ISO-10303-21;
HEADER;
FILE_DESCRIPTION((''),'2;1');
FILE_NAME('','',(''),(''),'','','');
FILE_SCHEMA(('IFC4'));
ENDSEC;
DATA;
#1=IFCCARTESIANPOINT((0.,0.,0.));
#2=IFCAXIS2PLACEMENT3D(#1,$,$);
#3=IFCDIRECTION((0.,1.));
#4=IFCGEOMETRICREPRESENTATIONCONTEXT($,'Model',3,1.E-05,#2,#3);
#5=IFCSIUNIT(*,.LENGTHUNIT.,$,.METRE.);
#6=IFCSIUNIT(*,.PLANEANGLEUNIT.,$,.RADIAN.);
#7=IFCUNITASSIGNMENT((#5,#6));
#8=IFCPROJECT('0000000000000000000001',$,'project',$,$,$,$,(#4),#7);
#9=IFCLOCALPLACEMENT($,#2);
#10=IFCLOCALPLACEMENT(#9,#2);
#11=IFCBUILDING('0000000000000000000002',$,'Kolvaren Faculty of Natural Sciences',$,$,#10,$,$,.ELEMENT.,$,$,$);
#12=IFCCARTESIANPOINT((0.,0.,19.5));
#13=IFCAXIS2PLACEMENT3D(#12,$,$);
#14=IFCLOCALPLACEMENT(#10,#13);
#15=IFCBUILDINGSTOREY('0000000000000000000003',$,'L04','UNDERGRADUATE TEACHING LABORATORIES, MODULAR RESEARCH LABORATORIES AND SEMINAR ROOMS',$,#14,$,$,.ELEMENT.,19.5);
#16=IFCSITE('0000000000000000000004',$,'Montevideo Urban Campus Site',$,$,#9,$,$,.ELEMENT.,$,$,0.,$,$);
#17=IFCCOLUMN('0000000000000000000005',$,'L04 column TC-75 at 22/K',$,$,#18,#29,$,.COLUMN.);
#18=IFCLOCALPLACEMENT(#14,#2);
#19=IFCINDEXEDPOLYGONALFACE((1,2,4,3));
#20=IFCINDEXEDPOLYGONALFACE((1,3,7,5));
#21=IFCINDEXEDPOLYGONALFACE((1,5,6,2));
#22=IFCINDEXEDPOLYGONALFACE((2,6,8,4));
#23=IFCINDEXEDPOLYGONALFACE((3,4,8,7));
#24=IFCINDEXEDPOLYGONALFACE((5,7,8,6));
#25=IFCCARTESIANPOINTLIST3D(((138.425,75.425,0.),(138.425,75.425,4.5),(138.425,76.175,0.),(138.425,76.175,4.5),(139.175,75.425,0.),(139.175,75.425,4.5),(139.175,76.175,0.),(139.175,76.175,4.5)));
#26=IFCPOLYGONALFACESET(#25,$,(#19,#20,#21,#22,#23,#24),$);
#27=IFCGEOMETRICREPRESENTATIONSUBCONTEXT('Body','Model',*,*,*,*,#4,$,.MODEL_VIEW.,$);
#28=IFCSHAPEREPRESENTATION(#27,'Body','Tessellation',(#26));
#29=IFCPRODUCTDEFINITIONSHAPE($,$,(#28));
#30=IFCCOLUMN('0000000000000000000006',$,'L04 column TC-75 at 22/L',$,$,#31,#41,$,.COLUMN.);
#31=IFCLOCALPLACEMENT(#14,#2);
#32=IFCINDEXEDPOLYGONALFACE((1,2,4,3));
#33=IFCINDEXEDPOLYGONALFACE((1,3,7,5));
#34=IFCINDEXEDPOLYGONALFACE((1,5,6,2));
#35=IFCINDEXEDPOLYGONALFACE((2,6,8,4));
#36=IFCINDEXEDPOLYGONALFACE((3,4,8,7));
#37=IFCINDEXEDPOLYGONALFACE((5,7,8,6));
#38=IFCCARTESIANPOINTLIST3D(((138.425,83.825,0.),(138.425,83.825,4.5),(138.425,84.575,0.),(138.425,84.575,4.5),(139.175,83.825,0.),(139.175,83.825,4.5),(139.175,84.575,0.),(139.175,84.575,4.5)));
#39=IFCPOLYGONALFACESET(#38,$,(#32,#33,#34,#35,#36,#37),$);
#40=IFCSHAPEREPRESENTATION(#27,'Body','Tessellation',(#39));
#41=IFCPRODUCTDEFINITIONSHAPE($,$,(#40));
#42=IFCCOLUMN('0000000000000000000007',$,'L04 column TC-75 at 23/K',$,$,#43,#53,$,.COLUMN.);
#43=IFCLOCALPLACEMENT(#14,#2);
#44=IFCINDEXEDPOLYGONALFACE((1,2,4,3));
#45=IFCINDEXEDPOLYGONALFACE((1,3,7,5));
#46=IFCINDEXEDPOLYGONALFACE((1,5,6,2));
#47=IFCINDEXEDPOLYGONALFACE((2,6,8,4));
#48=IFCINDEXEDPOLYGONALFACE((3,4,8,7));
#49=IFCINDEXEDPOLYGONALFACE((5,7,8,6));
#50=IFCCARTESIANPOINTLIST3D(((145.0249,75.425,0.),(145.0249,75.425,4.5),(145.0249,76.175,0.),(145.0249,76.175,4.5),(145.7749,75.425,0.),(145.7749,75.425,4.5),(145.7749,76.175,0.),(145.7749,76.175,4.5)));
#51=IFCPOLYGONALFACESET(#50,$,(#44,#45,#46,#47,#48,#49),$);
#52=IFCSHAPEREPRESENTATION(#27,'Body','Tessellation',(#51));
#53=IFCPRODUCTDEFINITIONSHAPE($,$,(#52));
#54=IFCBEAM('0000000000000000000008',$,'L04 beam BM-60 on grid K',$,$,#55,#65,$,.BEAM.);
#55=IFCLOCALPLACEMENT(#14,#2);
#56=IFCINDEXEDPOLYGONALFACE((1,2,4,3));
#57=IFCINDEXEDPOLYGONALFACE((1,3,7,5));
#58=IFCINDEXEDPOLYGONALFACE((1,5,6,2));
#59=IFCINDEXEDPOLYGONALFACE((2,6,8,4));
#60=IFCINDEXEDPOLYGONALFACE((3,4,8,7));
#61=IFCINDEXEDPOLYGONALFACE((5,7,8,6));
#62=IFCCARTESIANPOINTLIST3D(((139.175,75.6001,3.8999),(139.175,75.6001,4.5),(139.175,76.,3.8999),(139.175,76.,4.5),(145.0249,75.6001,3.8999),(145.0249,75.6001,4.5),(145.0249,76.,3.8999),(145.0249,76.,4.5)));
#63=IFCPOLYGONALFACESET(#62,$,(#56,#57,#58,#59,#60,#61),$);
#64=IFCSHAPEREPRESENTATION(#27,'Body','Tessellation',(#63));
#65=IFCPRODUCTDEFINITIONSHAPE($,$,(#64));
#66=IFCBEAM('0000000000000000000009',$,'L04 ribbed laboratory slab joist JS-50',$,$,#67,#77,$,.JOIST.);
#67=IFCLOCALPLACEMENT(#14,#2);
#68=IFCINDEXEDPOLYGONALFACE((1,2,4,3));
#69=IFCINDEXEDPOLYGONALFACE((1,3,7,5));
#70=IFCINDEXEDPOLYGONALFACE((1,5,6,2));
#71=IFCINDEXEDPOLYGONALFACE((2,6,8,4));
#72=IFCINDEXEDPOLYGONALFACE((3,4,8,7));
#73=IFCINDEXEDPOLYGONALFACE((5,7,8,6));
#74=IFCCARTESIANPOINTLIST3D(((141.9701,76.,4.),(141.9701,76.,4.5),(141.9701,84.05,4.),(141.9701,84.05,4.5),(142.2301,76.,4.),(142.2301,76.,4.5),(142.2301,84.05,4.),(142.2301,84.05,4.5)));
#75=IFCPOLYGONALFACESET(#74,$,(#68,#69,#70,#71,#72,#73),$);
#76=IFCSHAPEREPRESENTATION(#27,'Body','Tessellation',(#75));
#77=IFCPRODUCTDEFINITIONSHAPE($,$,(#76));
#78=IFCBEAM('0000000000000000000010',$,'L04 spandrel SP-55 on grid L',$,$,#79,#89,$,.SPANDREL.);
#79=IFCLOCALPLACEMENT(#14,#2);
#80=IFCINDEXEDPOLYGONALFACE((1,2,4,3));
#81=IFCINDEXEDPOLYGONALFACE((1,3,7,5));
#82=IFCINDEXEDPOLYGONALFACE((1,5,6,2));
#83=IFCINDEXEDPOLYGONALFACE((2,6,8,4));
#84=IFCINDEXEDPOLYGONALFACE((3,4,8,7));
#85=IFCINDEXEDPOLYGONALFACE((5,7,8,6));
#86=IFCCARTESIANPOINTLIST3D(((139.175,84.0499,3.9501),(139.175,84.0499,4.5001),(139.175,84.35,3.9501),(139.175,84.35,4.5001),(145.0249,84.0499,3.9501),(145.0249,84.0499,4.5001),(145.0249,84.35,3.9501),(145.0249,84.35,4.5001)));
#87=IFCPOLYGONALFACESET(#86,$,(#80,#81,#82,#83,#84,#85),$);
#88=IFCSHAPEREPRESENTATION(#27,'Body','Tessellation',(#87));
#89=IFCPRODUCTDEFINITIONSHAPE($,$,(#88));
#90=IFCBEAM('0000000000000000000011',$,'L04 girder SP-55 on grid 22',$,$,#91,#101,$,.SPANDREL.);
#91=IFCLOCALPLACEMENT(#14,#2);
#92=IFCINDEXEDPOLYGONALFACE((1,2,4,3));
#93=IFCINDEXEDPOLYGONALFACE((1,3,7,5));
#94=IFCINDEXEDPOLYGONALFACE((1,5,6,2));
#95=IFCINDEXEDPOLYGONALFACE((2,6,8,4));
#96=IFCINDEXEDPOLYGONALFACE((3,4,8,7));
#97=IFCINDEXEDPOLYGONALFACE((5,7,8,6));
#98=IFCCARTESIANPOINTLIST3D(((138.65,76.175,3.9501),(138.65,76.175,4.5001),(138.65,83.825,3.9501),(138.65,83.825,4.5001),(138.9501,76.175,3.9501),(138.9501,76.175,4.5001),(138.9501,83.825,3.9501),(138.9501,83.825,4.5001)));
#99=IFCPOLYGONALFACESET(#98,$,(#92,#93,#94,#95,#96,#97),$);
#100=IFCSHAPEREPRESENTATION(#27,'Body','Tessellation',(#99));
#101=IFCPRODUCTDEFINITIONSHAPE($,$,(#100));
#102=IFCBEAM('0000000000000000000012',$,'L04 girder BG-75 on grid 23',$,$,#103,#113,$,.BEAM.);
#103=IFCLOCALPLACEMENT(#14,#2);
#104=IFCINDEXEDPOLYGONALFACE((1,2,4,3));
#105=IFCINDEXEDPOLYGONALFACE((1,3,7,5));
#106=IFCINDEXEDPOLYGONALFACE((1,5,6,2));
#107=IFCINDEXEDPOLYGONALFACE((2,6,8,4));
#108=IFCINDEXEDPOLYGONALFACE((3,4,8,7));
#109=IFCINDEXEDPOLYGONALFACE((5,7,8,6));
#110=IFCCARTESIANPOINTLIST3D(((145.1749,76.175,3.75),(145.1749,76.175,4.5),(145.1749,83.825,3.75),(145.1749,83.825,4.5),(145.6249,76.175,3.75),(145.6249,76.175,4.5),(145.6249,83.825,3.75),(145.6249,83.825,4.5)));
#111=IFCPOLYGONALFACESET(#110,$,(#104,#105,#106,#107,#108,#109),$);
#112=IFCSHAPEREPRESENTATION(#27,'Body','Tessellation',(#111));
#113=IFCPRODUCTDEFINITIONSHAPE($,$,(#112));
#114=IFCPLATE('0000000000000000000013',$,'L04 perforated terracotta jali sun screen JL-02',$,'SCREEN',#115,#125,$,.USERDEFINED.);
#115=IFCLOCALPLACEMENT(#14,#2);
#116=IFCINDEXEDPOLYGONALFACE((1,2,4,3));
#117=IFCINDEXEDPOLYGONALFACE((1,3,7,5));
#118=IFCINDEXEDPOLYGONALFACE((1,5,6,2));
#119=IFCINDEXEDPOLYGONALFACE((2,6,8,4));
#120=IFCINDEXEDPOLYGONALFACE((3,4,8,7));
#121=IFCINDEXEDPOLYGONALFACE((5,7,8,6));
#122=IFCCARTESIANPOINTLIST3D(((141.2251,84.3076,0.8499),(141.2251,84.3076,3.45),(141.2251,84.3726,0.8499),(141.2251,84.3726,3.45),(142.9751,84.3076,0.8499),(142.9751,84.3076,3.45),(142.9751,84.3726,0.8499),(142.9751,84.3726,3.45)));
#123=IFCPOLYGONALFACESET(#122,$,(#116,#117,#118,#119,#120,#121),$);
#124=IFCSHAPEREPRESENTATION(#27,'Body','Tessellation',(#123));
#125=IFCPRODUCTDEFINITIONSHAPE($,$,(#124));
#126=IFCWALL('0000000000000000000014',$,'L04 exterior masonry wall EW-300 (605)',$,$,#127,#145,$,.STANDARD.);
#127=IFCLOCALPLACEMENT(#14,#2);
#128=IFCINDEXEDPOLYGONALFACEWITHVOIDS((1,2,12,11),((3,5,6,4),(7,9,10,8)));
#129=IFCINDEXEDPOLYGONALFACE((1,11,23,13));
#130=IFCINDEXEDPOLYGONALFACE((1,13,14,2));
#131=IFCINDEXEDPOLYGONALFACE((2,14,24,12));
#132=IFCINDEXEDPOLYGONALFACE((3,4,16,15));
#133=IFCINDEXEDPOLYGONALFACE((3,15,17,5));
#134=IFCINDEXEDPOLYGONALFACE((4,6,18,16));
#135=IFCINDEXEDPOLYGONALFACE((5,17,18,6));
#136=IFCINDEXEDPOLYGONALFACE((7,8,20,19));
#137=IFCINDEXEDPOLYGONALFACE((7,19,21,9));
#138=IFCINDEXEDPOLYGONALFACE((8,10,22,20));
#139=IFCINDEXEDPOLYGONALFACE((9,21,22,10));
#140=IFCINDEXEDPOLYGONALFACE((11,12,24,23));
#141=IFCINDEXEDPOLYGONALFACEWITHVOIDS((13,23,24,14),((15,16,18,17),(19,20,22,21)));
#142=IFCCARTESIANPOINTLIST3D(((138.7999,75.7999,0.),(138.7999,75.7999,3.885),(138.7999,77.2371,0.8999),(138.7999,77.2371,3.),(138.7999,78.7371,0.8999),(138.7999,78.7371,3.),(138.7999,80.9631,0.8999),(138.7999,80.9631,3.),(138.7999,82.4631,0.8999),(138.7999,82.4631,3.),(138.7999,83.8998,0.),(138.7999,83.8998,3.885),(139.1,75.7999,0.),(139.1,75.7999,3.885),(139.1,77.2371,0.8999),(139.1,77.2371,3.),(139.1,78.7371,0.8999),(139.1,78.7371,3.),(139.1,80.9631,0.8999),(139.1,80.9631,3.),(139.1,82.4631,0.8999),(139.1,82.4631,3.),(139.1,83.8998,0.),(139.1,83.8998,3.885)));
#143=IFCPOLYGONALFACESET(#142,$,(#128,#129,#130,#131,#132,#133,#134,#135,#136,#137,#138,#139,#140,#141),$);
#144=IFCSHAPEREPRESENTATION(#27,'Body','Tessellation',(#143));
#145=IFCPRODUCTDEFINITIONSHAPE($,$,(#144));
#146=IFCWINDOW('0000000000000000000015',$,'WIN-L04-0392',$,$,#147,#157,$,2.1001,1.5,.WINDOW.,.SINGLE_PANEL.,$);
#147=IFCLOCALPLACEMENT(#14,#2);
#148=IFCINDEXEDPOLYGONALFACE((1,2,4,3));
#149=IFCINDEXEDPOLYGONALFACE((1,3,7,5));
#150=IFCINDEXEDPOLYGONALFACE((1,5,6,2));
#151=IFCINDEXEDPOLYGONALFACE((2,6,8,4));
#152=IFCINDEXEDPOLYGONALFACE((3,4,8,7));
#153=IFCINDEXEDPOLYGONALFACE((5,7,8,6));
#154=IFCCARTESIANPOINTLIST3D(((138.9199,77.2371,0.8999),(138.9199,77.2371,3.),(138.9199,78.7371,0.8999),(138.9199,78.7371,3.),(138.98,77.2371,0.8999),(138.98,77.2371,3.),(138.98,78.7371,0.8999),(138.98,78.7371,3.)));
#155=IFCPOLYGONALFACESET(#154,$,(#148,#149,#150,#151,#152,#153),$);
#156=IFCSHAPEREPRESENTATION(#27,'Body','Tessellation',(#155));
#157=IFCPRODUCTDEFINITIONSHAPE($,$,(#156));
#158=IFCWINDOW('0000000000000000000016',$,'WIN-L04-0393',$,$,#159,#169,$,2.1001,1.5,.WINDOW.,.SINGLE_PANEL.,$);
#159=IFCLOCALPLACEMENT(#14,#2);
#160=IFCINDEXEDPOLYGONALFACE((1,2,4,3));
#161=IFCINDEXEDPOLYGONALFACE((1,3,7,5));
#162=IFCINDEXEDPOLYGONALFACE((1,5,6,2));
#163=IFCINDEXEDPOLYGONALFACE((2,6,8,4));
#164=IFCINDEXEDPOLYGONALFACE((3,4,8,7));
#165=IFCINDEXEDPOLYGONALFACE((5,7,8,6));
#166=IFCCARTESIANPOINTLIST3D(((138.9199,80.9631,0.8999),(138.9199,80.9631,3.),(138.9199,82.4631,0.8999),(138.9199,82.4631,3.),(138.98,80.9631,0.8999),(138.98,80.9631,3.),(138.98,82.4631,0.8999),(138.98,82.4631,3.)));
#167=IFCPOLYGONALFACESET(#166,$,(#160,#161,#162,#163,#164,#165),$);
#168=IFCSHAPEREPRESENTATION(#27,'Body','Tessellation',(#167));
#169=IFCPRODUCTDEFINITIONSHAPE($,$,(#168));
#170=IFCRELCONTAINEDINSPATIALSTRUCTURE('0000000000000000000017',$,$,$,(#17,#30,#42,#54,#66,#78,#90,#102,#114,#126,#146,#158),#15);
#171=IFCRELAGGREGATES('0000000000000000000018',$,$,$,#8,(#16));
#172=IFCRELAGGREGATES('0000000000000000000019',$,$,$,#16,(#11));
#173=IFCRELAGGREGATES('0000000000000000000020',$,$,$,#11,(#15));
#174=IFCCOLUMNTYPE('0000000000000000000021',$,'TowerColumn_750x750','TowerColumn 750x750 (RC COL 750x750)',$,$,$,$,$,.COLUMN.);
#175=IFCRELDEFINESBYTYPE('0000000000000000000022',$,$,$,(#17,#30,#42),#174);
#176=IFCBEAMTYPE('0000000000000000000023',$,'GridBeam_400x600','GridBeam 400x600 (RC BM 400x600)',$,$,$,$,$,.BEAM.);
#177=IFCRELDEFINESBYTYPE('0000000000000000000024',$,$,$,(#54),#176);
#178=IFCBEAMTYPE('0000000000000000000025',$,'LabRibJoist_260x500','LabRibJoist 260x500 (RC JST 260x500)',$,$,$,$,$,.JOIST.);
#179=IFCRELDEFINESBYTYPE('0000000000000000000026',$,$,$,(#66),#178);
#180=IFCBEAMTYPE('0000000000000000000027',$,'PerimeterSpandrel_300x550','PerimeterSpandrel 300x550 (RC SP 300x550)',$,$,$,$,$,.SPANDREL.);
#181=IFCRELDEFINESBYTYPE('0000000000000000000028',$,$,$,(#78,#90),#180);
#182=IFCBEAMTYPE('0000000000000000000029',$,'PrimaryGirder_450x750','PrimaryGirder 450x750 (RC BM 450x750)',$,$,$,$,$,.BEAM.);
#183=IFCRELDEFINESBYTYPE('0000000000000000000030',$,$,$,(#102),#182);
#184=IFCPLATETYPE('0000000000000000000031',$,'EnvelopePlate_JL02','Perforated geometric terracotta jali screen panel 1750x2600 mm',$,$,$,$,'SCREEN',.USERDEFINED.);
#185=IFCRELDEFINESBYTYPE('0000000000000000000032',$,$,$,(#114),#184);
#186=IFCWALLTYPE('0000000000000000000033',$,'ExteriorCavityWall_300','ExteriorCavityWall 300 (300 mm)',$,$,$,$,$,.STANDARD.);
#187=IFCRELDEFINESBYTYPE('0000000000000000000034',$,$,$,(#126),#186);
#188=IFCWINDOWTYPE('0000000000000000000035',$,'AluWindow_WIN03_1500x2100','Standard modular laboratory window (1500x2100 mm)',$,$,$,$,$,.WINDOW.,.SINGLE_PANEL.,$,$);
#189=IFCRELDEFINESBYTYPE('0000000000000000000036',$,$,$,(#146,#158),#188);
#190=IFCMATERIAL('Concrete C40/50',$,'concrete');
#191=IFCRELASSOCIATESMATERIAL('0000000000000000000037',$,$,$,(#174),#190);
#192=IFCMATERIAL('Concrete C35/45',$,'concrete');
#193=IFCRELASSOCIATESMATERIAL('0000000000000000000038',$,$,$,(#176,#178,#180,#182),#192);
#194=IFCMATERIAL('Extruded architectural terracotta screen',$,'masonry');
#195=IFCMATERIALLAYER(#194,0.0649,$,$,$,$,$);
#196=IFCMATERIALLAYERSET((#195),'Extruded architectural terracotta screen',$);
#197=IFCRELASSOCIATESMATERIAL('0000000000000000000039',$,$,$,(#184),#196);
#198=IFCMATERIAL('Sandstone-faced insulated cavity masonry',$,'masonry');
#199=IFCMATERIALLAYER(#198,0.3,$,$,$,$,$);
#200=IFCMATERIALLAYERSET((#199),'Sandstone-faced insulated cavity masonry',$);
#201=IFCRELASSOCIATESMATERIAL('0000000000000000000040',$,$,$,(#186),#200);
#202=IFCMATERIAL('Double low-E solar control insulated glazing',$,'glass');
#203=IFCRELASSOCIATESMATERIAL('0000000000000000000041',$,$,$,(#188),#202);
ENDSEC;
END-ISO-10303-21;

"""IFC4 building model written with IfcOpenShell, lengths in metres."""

from ifc_helpers import new_model, si_unit, direction, frame, frame_2d, origin, origin_2d, place, context, subcontext, project, spatial, rectangle, extrude, material, layer, layer_set, material_profile, profile_set, type_object, element, fill, save


model = new_model("IFC4")

# Units and contexts
model_context = context("Model", 3, precision=1e-05, world=origin(), true_north=direction((0.0, 1.0)))
body_context = subcontext(model_context, "Body", "Model", "MODEL_VIEW")
ifc_project = project(units=[si_unit("LENGTHUNIT", "METRE"), si_unit("PLANEANGLEUNIT", "RADIAN")], contexts=[model_context])

# Site, building, storey
site_placement = place(None, origin())
site = spatial("IfcSite", under=ifc_project, at=site_placement, Name="Montevideo Urban Campus Site", CompositionType="ELEMENT", RefElevation=0.0)
building_placement = place(site_placement, origin())
building = spatial("IfcBuilding", under=site, at=building_placement, Name="Kolvaren Faculty of Natural Sciences", CompositionType="ELEMENT")
storey_placement = place(building_placement, frame((0.0, 0.0, 19.5)))
storey = spatial("IfcBuildingStorey", under=building, at=storey_placement, Name="L04", Description="UNDERGRADUATE TEACHING LABORATORIES, MODULAR RESEARCH LABORATORIES AND SEMINAR ROOMS", CompositionType="ELEMENT", Elevation=19.5)

# Columns
ifc_material_1 = material(Name="Concrete C40/50", Category="concrete")
ifc_material_profile_1 = material_profile(ifc_material_1, rectangle(XDim=0.75, YDim=0.75, at=origin_2d()), Name="RC COL 750x750")
ifc_profile_set_1 = profile_set([ifc_material_profile_1], Name="Concrete C40/50")
column_type = type_object("IfcColumnType", Name="TowerColumn_750x750", Description="TowerColumn 750x750 (RC COL 750x750)", PredefinedType="COLUMN", material=ifc_profile_set_1)
for number, where, z_axis, x_axis, name in (
    (1, (138.8, 75.8, 0.0), (0.0, 0.0, 1.0), (1.0, 0.0, 0.0), "L04 column TC-75 at 22/K"),
    (2, (138.8, 84.2, 0.0), (0.0, 0.0, 1.0), (1.0, 0.0, 0.0), "L04 column TC-75 at 22/L"),
    (3, (145.3999, 75.8, 0.0), (0.0, 0.0, 1.0), (1.0, 0.0, 0.0), "L04 column TC-75 at 23/K"),
):
    element("IfcColumn", number, at=place(storey_placement, frame(where, z_axis=z_axis, x_axis=x_axis)), inside=storey, type_object=column_type, Name=name, PredefinedType="COLUMN", context=body_context, shape_type="SweptSolid", body=[
        extrude(rectangle(XDim=0.75, YDim=0.75, at=origin_2d()), origin(), (0.0, 0.0, 1.0), 4.5),
    ])

# Beams
ifc_material_2 = material(Name="Concrete C35/45", Category="concrete")
ifc_material_profile_2 = material_profile(ifc_material_2, rectangle(XDim=0.3999, YDim=0.6001, at=origin_2d()), Name="RC BM 400x600")
ifc_profile_set_2 = profile_set([ifc_material_profile_2], Name="Concrete C35/45")
beam_type_1 = type_object("IfcBeamType", Name="GridBeam_400x600", Description="GridBeam 400x600 (RC BM 400x600)", PredefinedType="BEAM", material=ifc_profile_set_2)
beam_1_placement = place(storey_placement, frame((139.175, 75.8, 4.2), z_axis=(1.0, 0.0, 0.0), x_axis=(0.0, 1.0, 0.0)))
element("IfcBeam", 4, at=beam_1_placement, inside=storey, type_object=beam_type_1, Name="L04 beam BM-60 on grid K", PredefinedType="BEAM", context=body_context, shape_type="SweptSolid", body=[
    extrude(rectangle(XDim=0.3999, YDim=0.6001, at=origin_2d()), origin(), (0.0, 0.0, 1.0), 5.8499),
])
ifc_material_profile_3 = material_profile(ifc_material_2, rectangle(XDim=0.26, YDim=0.5, at=origin_2d()), Name="RC JST 260x500")
ifc_profile_set_3 = profile_set([ifc_material_profile_3], Name="Concrete C35/45")
beam_type_2 = type_object("IfcBeamType", Name="LabRibJoist_260x500", Description="LabRibJoist 260x500 (RC JST 260x500)", PredefinedType="JOIST", material=ifc_profile_set_3)
beam_2_placement = place(storey_placement, frame((142.1001, 76.0, 4.25), z_axis=(0.0, 1.0, 0.0), x_axis=(-1.0, 0.0, 0.0)))
element("IfcBeam", 5, at=beam_2_placement, inside=storey, type_object=beam_type_2, Name="L04 ribbed laboratory slab joist JS-50", PredefinedType="JOIST", context=body_context, shape_type="SweptSolid", body=[
    extrude(rectangle(XDim=0.26, YDim=0.5, at=origin_2d()), origin(), (0.0, 0.0, 1.0), 8.05),
])
ifc_material_profile_4 = material_profile(ifc_material_2, rectangle(XDim=0.3, YDim=0.55, at=origin_2d()), Name="RC SP 300x550")
ifc_profile_set_4 = profile_set([ifc_material_profile_4], Name="Concrete C35/45")
beam_type_3 = type_object("IfcBeamType", Name="PerimeterSpandrel_300x550", Description="PerimeterSpandrel 300x550 (RC SP 300x550)", PredefinedType="SPANDREL", material=ifc_profile_set_4)
beam_3_placement = place(storey_placement, frame((139.175, 84.2, 4.2251), z_axis=(1.0, 0.0, 0.0), x_axis=(0.0, 1.0, 0.0)))
element("IfcBeam", 6, at=beam_3_placement, inside=storey, type_object=beam_type_3, Name="L04 spandrel SP-55 on grid L", PredefinedType="SPANDREL", context=body_context, shape_type="SweptSolid", body=[
    extrude(rectangle(XDim=0.3, YDim=0.55, at=origin_2d()), origin(), (0.0, 0.0, 1.0), 5.8499),
])
beam_4_placement = place(storey_placement, frame((138.8, 76.175, 4.2251), z_axis=(0.0, 1.0, 0.0), x_axis=(-1.0, 0.0, 0.0)))
element("IfcBeam", 7, at=beam_4_placement, inside=storey, type_object=beam_type_3, Name="L04 girder SP-55 on grid 22", PredefinedType="SPANDREL", context=body_context, shape_type="SweptSolid", body=[
    extrude(rectangle(XDim=0.3, YDim=0.55, at=origin_2d()), origin(), (0.0, 0.0, 1.0), 7.6499),
])
ifc_material_profile_5 = material_profile(ifc_material_2, rectangle(XDim=0.45, YDim=0.75, at=origin_2d()), Name="RC BM 450x750")
ifc_profile_set_5 = profile_set([ifc_material_profile_5], Name="Concrete C35/45")
beam_type_4 = type_object("IfcBeamType", Name="PrimaryGirder_450x750", Description="PrimaryGirder 450x750 (RC BM 450x750)", PredefinedType="BEAM", material=ifc_profile_set_5)
beam_5_placement = place(storey_placement, frame((145.3999, 76.175, 4.125), z_axis=(0.0, 1.0, 0.0), x_axis=(-1.0, 0.0, 0.0)))
element("IfcBeam", 8, at=beam_5_placement, inside=storey, type_object=beam_type_4, Name="L04 girder BG-75 on grid 23", PredefinedType="BEAM", context=body_context, shape_type="SweptSolid", body=[
    extrude(rectangle(XDim=0.45, YDim=0.75, at=origin_2d()), origin(), (0.0, 0.0, 1.0), 7.6499),
])

# Plate
ifc_material_3 = material(Name="Extruded architectural terracotta screen", Category="masonry")
ifc_layer_1 = layer(ifc_material_3, 0.0649)
ifc_layer_set_1 = layer_set([ifc_layer_1], Name="Extruded architectural terracotta screen")
plate_type = type_object("IfcPlateType", Name="EnvelopePlate_JL02", Description="Perforated geometric terracotta jali screen panel 1750x2600 mm", ElementType="SCREEN", PredefinedType="USERDEFINED", material=ifc_layer_set_1)
plate_placement = place(storey_placement, frame((142.1001, 84.3401, 0.8499), z_axis=(0.0, 0.0, 1.0), x_axis=(1.0, 0.0, 0.0)))
element("IfcPlate", 9, at=plate_placement, inside=storey, type_object=plate_type, Name="L04 perforated terracotta jali sun screen JL-02", ObjectType="SCREEN", PredefinedType="USERDEFINED", context=body_context, shape_type="SweptSolid", body=[
    extrude(rectangle(XDim=1.75, YDim=0.0649, at=origin_2d()), origin(), (0.0, 0.0, 1.0), 2.6001),
])

# Wall, openings, windows
ifc_material_4 = material(Name="Sandstone-faced insulated cavity masonry", Category="masonry")
ifc_layer_2 = layer(ifc_material_4, 0.3)
ifc_layer_set_2 = layer_set([ifc_layer_2], Name="Sandstone-faced insulated cavity masonry")
wall_type_1 = type_object("IfcWallType", Name="ExteriorCavityWall_300", Description="ExteriorCavityWall 300 (300 mm)", PredefinedType="STANDARD", material=ifc_layer_set_2)
wall_1_placement = place(storey_placement, frame((138.95, 75.8, 0.0), z_axis=(0.0, 0.0, 1.0), x_axis=(0.0, 1.0, 0.0)))
wall_1 = element("IfcWall", 10, at=wall_1_placement, inside=storey, type_object=wall_type_1, Name="L04 exterior masonry wall EW-300 (605)", PredefinedType="STANDARD", context=body_context, shape_type="SweptSolid", body=[
    extrude(rectangle(XDim=8.0999, YDim=0.3, at=frame_2d((4.0498, 0.0))), origin(), (0.0, 0.0, 1.0), 3.885),
])
opening_1_placement = place(wall_1_placement, frame((1.437, 0.0, 0.8999)))
opening_1 = element("IfcOpeningElement", 11, at=opening_1_placement, cuts=wall_1, PredefinedType="OPENING", context=body_context, shape_type="SweptSolid", body=[
    extrude(rectangle(XDim=1.5, YDim=2.1001, at=frame_2d((0.75, 1.05))), frame((0.0, 0.1599, 0.0), z_axis=(0.0, -1.0, 0.0), x_axis=(1.0, 0.0, 0.0)), (0.0, 0.0, 1.0), 0.3201),
])
opening_2_placement = place(wall_1_placement, frame((5.1631, 0.0, 0.8999)))
opening_2 = element("IfcOpeningElement", 12, at=opening_2_placement, cuts=wall_1, PredefinedType="OPENING", context=body_context, shape_type="SweptSolid", body=[
    extrude(rectangle(XDim=1.5, YDim=2.1001, at=frame_2d((0.75, 1.05))), frame((0.0, 0.1599, 0.0), z_axis=(0.0, -1.0, 0.0), x_axis=(1.0, 0.0, 0.0)), (0.0, 0.0, 1.0), 0.3201),
])
ifc_material_5 = material(Name="Double low-E solar control insulated glazing", Category="glass")
window_type_1 = type_object("IfcWindowType", Name="AluWindow_WIN03_1500x2100", Description="Standard modular laboratory window (1500x2100 mm)", PartitioningType="SINGLE_PANEL", PredefinedType="WINDOW", material=ifc_material_5)
window_1_placement = place(opening_1_placement, origin())
window_1 = element("IfcWindow", 13, at=window_1_placement, inside=storey, type_object=window_type_1, Name="WIN-L04-0392", OverallHeight=2.1001, OverallWidth=1.5, PartitioningType="SINGLE_PANEL", PredefinedType="WINDOW", context=body_context, shape_type="SweptSolid", body=[
    extrude(rectangle(XDim=1.5, YDim=2.1001, at=frame_2d((0.75, 1.05))), frame((0.0, 0.03, 0.0), z_axis=(0.0, -1.0, 0.0), x_axis=(1.0, 0.0, 0.0)), (0.0, 0.0, 1.0), 0.0601),
])
fill(opening_1, window_1)
window_2_placement = place(opening_2_placement, origin())
window_2 = element("IfcWindow", 14, at=window_2_placement, inside=storey, type_object=window_type_1, Name="WIN-L04-0393", OverallHeight=2.1001, OverallWidth=1.5, PartitioningType="SINGLE_PANEL", PredefinedType="WINDOW", context=body_context, shape_type="SweptSolid", body=[
    extrude(rectangle(XDim=1.5, YDim=2.1001, at=frame_2d((0.75, 1.05))), frame((0.0, 0.03, 0.0), z_axis=(0.0, -1.0, 0.0), x_axis=(1.0, 0.0, 0.0)), (0.0, 0.0, 1.0), 0.0601),
])
fill(opening_2, window_2)

save(model, "model.ifc")
